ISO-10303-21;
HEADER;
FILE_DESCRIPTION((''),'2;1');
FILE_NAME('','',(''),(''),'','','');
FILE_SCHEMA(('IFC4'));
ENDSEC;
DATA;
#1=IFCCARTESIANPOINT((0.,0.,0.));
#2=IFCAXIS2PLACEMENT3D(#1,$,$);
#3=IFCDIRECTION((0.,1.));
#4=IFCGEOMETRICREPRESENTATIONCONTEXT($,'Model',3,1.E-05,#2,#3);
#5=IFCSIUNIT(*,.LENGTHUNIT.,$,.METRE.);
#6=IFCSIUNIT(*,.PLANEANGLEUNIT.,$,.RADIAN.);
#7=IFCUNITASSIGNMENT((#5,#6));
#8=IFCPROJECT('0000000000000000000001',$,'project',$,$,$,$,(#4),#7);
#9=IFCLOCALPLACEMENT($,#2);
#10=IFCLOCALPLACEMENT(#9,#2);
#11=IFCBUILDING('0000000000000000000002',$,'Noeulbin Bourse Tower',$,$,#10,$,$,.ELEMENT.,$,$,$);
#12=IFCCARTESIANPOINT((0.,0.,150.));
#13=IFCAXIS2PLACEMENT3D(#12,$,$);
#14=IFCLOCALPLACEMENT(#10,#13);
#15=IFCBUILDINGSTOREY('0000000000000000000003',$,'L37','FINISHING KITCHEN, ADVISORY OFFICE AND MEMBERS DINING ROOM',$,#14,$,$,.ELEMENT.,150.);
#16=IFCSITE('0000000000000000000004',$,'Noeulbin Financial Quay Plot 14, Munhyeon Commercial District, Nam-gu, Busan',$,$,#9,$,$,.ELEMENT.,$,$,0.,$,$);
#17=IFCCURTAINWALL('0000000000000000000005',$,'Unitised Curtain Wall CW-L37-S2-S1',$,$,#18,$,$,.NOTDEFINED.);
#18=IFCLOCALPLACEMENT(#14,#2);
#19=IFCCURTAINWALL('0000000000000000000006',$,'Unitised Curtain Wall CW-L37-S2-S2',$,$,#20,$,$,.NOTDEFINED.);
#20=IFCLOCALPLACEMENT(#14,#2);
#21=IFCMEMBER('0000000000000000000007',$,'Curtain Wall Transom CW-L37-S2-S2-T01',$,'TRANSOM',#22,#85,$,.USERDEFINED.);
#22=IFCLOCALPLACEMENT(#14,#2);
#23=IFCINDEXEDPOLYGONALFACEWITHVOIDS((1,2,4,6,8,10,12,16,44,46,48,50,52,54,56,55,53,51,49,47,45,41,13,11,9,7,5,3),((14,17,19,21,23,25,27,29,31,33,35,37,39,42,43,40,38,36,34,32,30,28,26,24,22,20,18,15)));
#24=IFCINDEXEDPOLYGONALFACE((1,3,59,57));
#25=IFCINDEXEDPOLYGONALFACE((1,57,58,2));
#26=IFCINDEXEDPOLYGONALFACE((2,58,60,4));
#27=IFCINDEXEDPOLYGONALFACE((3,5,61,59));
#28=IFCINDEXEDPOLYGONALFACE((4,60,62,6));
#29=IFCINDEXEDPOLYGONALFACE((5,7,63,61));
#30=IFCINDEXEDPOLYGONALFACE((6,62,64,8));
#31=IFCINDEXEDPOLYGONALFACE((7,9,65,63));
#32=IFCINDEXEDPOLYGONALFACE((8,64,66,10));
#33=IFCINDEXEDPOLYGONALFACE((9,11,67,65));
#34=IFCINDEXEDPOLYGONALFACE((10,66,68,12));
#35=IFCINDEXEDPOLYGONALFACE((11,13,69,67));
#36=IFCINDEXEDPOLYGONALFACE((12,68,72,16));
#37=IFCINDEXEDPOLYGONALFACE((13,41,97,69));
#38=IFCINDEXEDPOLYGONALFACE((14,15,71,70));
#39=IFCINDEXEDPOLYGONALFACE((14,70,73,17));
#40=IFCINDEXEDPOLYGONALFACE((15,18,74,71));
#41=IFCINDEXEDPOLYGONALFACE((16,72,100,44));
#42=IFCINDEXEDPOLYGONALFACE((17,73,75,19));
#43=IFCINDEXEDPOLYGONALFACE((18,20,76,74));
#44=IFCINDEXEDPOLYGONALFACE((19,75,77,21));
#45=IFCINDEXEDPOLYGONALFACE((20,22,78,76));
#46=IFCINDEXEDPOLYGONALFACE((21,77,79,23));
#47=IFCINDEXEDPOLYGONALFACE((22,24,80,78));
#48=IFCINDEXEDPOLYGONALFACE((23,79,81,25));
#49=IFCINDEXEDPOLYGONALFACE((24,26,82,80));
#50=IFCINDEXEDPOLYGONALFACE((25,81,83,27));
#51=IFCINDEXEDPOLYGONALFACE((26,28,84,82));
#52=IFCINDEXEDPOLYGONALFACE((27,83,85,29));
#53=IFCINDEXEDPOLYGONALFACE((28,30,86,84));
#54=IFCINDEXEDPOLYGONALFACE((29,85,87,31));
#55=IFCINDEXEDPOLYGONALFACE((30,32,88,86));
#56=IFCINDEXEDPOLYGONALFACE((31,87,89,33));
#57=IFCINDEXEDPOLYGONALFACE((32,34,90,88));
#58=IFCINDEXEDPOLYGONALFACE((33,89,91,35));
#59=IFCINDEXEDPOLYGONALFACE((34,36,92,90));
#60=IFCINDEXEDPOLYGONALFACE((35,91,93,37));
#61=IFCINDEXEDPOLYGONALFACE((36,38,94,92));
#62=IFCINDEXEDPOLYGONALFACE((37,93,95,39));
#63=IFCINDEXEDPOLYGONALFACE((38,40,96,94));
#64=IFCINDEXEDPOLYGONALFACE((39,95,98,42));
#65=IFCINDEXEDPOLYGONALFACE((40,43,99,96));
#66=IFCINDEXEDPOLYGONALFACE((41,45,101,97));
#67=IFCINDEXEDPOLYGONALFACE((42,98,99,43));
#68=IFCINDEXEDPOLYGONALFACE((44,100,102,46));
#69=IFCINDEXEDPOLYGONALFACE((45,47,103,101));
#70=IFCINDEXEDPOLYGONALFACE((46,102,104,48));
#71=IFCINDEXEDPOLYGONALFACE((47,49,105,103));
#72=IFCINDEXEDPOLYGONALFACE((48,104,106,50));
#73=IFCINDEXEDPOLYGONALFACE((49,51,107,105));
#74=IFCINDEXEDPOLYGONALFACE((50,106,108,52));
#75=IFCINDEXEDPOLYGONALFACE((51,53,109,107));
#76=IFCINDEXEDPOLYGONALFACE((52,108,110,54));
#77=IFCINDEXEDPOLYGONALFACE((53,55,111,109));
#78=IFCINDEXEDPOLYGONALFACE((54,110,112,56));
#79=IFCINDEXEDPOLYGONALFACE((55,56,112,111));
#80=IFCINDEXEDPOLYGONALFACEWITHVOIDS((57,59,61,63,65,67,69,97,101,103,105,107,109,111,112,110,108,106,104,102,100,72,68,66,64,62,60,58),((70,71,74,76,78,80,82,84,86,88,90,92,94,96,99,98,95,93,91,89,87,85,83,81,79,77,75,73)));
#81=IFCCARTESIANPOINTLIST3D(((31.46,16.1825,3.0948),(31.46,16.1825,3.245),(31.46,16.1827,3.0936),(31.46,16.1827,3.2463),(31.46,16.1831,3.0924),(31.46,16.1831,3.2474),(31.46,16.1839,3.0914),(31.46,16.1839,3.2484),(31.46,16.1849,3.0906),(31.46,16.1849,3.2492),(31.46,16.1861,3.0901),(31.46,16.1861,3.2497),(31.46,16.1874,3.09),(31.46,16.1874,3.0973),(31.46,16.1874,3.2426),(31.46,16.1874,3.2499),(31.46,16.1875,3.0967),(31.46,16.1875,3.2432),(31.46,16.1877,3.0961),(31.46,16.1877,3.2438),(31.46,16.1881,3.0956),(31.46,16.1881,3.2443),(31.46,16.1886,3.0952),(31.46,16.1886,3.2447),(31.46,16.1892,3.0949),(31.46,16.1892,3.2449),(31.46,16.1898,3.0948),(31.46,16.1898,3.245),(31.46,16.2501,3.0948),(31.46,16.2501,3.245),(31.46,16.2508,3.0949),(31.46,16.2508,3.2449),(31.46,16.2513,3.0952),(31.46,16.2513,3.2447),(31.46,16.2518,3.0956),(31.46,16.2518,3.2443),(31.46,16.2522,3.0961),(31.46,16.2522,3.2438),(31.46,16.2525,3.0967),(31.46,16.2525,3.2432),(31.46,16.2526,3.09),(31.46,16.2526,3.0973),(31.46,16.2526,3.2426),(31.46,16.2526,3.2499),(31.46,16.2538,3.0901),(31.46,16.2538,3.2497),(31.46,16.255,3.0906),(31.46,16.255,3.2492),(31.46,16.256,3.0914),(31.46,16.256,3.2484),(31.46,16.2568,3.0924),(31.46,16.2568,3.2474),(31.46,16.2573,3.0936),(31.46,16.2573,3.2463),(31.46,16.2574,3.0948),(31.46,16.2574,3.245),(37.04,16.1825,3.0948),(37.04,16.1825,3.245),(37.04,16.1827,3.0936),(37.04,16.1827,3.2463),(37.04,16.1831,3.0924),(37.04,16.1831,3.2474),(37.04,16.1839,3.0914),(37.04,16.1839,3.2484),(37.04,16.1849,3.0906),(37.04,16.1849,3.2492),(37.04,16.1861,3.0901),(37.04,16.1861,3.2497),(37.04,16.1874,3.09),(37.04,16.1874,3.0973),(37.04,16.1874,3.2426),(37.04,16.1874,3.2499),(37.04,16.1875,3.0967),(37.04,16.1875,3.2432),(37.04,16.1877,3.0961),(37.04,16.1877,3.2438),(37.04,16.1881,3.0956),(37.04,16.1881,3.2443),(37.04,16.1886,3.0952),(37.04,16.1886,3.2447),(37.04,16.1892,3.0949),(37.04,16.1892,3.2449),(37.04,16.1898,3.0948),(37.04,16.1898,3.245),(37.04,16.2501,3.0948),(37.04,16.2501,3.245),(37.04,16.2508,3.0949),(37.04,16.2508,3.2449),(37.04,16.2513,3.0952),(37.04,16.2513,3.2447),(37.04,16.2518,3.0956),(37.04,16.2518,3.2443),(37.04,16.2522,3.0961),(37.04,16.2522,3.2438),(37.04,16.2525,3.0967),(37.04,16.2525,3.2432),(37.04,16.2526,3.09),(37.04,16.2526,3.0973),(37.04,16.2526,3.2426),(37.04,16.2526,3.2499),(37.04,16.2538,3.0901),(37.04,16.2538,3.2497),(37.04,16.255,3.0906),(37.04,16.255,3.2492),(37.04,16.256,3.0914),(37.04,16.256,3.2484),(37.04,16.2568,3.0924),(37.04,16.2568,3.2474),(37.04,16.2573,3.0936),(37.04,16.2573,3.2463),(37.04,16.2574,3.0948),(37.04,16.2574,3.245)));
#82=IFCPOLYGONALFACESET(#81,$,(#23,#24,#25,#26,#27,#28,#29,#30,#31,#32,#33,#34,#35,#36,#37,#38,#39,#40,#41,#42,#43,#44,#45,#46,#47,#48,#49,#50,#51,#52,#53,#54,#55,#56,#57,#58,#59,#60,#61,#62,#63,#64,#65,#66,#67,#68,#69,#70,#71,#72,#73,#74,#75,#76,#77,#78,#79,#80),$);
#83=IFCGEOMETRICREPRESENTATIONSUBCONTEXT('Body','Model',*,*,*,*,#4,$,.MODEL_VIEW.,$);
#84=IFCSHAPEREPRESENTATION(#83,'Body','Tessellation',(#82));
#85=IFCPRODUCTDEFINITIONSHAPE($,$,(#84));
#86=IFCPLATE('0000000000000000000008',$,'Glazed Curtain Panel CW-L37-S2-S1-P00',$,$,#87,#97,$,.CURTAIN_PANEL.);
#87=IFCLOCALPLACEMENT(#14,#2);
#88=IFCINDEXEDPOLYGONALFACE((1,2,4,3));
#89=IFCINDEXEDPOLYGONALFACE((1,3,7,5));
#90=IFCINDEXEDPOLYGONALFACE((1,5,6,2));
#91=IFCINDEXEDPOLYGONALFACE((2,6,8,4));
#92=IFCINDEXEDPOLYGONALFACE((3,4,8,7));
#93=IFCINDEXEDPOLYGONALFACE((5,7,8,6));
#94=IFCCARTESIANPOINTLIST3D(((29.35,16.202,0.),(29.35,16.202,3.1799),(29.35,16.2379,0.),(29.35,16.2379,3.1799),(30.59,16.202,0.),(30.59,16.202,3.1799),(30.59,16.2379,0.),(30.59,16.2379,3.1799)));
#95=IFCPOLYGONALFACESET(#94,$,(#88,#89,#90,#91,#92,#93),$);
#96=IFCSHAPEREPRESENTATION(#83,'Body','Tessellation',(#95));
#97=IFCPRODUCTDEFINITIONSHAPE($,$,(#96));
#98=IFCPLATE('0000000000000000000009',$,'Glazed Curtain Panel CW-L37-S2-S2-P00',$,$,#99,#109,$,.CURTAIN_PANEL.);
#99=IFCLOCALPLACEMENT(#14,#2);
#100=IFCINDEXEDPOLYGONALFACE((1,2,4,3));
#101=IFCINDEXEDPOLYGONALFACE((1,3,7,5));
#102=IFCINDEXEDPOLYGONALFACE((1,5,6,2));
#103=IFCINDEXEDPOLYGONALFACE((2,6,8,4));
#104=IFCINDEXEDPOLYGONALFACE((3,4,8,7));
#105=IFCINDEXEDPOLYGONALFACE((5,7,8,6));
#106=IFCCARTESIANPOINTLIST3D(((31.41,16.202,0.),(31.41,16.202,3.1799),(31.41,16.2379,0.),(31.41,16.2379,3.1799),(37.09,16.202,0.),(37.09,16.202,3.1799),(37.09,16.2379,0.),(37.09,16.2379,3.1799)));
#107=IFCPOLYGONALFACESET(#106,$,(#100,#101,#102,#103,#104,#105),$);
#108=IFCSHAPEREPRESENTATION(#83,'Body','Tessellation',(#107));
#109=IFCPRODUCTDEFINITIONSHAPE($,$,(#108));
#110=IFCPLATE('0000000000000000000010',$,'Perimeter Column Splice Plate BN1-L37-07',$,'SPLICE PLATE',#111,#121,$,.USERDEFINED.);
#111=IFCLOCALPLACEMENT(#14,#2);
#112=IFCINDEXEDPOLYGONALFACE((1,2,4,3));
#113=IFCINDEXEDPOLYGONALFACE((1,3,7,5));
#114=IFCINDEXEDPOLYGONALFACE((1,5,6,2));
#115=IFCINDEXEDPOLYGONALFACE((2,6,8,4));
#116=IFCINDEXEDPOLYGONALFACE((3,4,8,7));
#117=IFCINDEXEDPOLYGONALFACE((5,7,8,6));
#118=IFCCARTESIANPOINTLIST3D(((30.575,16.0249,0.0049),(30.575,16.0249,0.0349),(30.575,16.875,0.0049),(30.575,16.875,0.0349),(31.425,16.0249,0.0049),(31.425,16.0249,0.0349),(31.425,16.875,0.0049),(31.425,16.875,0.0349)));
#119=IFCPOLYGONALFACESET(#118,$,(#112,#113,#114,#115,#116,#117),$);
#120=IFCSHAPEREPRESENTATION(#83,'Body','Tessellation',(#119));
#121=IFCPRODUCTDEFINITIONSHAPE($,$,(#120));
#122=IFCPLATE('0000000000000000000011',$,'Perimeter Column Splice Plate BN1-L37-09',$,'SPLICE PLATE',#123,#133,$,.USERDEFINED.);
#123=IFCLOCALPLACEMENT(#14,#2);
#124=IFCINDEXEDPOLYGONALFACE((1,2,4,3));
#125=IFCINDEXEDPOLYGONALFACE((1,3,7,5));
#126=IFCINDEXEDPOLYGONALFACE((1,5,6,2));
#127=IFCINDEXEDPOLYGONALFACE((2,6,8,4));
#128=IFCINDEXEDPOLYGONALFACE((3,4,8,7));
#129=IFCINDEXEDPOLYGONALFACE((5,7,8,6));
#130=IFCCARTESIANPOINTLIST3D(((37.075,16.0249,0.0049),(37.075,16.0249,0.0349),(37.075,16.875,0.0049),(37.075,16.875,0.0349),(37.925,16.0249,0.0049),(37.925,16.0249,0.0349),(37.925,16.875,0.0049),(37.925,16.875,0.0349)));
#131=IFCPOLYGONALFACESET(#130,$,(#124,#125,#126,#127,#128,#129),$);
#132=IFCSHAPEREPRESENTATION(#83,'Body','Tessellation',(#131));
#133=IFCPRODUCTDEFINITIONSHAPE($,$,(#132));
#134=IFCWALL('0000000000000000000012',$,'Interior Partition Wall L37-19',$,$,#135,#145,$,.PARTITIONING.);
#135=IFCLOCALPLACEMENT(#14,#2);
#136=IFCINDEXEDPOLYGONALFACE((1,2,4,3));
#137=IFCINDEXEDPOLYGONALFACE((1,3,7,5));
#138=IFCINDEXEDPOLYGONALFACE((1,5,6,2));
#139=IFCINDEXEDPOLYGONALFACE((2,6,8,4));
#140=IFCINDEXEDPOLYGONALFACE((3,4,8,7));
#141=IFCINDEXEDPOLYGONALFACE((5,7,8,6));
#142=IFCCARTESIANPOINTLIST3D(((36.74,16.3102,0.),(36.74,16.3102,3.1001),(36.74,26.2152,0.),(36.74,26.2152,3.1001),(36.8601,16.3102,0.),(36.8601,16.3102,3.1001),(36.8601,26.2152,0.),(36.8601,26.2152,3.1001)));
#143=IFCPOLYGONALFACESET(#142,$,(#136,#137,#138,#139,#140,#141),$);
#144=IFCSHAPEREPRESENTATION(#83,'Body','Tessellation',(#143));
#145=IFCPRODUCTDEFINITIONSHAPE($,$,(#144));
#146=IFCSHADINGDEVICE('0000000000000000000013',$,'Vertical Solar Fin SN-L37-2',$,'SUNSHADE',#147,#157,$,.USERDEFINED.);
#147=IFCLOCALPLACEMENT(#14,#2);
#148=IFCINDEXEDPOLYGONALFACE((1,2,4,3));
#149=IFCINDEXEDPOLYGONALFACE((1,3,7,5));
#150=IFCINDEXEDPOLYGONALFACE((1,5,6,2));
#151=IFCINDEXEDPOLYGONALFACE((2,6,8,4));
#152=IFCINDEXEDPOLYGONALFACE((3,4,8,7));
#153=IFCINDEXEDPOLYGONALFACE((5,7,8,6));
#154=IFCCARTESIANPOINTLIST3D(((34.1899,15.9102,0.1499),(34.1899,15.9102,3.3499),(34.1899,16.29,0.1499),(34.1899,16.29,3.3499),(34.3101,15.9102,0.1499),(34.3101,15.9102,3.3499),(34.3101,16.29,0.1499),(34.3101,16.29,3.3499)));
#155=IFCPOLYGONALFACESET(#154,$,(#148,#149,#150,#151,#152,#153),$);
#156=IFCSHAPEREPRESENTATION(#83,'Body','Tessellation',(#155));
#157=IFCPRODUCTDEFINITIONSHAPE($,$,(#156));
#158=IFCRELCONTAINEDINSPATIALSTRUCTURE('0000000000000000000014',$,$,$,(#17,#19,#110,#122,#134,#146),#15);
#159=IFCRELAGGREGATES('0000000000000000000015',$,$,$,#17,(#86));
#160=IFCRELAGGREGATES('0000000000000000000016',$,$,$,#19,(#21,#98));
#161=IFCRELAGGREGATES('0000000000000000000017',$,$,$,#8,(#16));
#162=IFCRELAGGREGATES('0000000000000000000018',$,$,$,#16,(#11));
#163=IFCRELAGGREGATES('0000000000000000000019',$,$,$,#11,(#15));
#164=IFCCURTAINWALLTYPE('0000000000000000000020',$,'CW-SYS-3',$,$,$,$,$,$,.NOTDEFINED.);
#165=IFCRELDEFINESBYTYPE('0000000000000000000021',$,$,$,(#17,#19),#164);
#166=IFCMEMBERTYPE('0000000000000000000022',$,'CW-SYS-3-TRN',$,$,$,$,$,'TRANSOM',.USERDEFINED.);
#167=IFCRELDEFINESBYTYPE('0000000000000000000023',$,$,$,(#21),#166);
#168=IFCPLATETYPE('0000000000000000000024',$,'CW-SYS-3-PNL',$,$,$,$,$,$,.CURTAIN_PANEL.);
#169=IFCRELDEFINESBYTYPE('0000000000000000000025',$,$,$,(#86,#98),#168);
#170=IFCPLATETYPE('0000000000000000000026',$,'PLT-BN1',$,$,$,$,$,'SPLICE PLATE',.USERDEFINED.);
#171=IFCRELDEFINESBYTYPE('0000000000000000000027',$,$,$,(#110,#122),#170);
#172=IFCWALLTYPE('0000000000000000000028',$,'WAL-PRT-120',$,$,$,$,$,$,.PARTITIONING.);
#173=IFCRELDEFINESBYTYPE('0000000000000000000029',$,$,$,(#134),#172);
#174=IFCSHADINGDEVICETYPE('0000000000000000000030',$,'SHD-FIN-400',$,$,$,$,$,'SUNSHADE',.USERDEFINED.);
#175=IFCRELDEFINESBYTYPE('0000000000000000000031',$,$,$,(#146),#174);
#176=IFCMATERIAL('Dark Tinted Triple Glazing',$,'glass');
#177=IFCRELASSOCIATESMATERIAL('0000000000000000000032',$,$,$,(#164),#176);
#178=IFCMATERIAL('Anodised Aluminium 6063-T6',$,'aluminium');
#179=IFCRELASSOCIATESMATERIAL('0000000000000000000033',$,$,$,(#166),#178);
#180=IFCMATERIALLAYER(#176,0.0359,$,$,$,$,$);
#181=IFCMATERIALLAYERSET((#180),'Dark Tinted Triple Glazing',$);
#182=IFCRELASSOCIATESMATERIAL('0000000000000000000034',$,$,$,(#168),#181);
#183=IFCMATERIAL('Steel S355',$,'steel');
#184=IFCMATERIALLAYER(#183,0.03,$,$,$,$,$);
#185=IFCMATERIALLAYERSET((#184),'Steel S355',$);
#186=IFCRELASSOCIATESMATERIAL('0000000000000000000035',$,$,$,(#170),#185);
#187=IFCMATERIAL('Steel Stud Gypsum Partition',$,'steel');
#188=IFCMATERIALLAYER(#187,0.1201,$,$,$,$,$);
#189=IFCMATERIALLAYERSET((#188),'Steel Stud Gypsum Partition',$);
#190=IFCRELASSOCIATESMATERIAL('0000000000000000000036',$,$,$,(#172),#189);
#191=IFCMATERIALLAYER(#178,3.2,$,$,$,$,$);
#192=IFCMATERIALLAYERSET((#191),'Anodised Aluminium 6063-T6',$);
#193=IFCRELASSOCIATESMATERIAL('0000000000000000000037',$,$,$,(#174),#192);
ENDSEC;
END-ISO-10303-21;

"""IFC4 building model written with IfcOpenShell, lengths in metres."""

from ifc_helpers import new_model, si_unit, direction, frame, frame_2d, origin, origin_2d, place, context, subcontext, project, spatial, rectangle, hollow_rectangle, extrude, material, layer, layer_set, material_profile, profile_set, type_object, element, aggregate, save


model = new_model("IFC4")

# Units and contexts
model_context = context("Model", 3, precision=1e-05, world=origin(), true_north=direction((0.0, 1.0)))
body_context = subcontext(model_context, "Body", "Model", "MODEL_VIEW")
ifc_project = project(units=[si_unit("LENGTHUNIT", "METRE"), si_unit("PLANEANGLEUNIT", "RADIAN")], contexts=[model_context])

# Site, building, storey
site_placement = place(None, origin())
site = spatial("IfcSite", under=ifc_project, at=site_placement, Name="Noeulbin Financial Quay Plot 14, Munhyeon Commercial District, Nam-gu, Busan", CompositionType="ELEMENT", RefElevation=0.0)
building_placement = place(site_placement, origin())
building = spatial("IfcBuilding", under=site, at=building_placement, Name="Noeulbin Bourse Tower", CompositionType="ELEMENT")
storey_placement = place(building_placement, frame((0.0, 0.0, 150.0)))
storey = spatial("IfcBuildingStorey", under=building, at=storey_placement, Name="L37", Description="FINISHING KITCHEN, ADVISORY OFFICE AND MEMBERS DINING ROOM", CompositionType="ELEMENT", Elevation=150.0)

# Shared definitions
ifc_material_1 = material(Name="Steel S355", Category="steel")

# Curtain walls
ifc_material_2 = material(Name="Dark Tinted Triple Glazing", Category="glass")
curtain_wall_type = type_object("IfcCurtainWallType", Name="CW-SYS-3", PredefinedType="NOTDEFINED", material=ifc_material_2)
curtain_wall_1_placement = place(storey_placement, origin())
curtain_wall_1 = element("IfcCurtainWall", 1, at=curtain_wall_1_placement, inside=storey, type_object=curtain_wall_type, Name="Unitised Curtain Wall CW-L37-S2-S1", PredefinedType="NOTDEFINED")
ifc_material_3 = material(Name="Anodised Aluminium 6063-T6", Category="aluminium")
curtain_wall_2_placement = place(storey_placement, origin())
curtain_wall_2 = element("IfcCurtainWall", 2, at=curtain_wall_2_placement, inside=storey, type_object=curtain_wall_type, Name="Unitised Curtain Wall CW-L37-S2-S2", PredefinedType="NOTDEFINED")

# Member
ifc_material_profile_1 = material_profile(ifc_material_3, hollow_rectangle(XDim=0.075, YDim=0.1599, WallThickness=0.0049, InnerFilletRadius=0.0024, OuterFilletRadius=0.0049, at=origin_2d()), Name="ALU-TRAN-75x160x5", Category="LoadBearing")
ifc_profile_set_1 = profile_set([ifc_material_profile_1], Name="Anodised Aluminium 6063-T6")
member_type_1 = type_object("IfcMemberType", Name="CW-SYS-3-TRN", ElementType="TRANSOM", PredefinedType="USERDEFINED", material=ifc_profile_set_1)
member_1_placement = place(storey_placement, frame((31.46, 16.22, 3.1699), z_axis=(1.0, 0.0, 0.0), x_axis=(0.0, 1.0, 0.0)))
member_1 = element("IfcMember", 3, at=member_1_placement, type_object=member_type_1, Name="Curtain Wall Transom CW-L37-S2-S2-T01", ObjectType="TRANSOM", PredefinedType="USERDEFINED", context=body_context, shape_type="SweptSolid", body=[
    extrude(hollow_rectangle(XDim=0.075, YDim=0.1599, WallThickness=0.0049, InnerFilletRadius=0.0024, OuterFilletRadius=0.0049, at=origin_2d()), origin(), (0.0, 0.0, 1.0), 5.5801),
])

# Plates
ifc_layer_1 = layer(ifc_material_2, 0.0359)
ifc_layer_set_1 = layer_set([ifc_layer_1], Name="Dark Tinted Triple Glazing")
plate_type_1 = type_object("IfcPlateType", Name="CW-SYS-3-PNL", PredefinedType="CURTAIN_PANEL", material=ifc_layer_set_1)
plate_1_placement = place(storey_placement, frame((29.97, 16.22, 0.0), z_axis=(0.0, 0.0, 1.0), x_axis=(1.0, 0.0, 0.0)))
plate_1 = element("IfcPlate", 4, at=plate_1_placement, type_object=plate_type_1, Name="Glazed Curtain Panel CW-L37-S2-S1-P00", PredefinedType="CURTAIN_PANEL", context=body_context, shape_type="SweptSolid", body=[
    extrude(rectangle(XDim=1.24, YDim=0.0359, at=origin_2d()), origin(), (0.0, 0.0, 1.0), 3.1799),
])
aggregate(curtain_wall_1, [plate_1])
plate_2_placement = place(storey_placement, frame((34.25, 16.22, 0.0), z_axis=(0.0, 0.0, 1.0), x_axis=(1.0, 0.0, 0.0)))
plate_2 = element("IfcPlate", 5, at=plate_2_placement, type_object=plate_type_1, Name="Glazed Curtain Panel CW-L37-S2-S2-P00", PredefinedType="CURTAIN_PANEL", context=body_context, shape_type="SweptSolid", body=[
    extrude(rectangle(XDim=5.6799, YDim=0.0359, at=origin_2d()), origin(), (0.0, 0.0, 1.0), 3.1799),
])
aggregate(curtain_wall_2, [member_1, plate_2])

# Plates
ifc_layer_2 = layer(ifc_material_1, 0.03)
ifc_layer_set_2 = layer_set([ifc_layer_2], Name="Steel S355")
plate_type_2 = type_object("IfcPlateType", Name="PLT-BN1", ElementType="SPLICE PLATE", PredefinedType="USERDEFINED", material=ifc_layer_set_2)
for number, where, z_axis, x_axis, name in (
    (6, (31.0, 16.45, 0.0049), (0.0, 0.0, 1.0), (1.0, 0.0, 0.0), "Perimeter Column Splice Plate BN1-L37-07"),
    (7, (37.5, 16.45, 0.0049), (0.0, 0.0, 1.0), (1.0, 0.0, 0.0), "Perimeter Column Splice Plate BN1-L37-09"),
):
    element("IfcPlate", number, at=place(storey_placement, frame(where, z_axis=z_axis, x_axis=x_axis)), inside=storey, type_object=plate_type_2, Name=name, ObjectType="SPLICE PLATE", PredefinedType="USERDEFINED", context=body_context, shape_type="SweptSolid", body=[
        extrude(rectangle(XDim=0.8501, YDim=0.8501, at=origin_2d()), origin(), (0.0, 0.0, 1.0), 0.03),
    ])

# Wall
ifc_material_4 = material(Name="Steel Stud Gypsum Partition", Category="steel")
ifc_layer_3 = layer(ifc_material_4, 0.1201)
ifc_layer_set_3 = layer_set([ifc_layer_3], Name="Steel Stud Gypsum Partition")
wall_type = type_object("IfcWallType", Name="WAL-PRT-120", PredefinedType="PARTITIONING", material=ifc_layer_set_3)
wall_placement = place(storey_placement, frame((36.8, 16.3101, 0.0), z_axis=(0.0, 0.0, 1.0), x_axis=(0.0, 1.0, 0.0)))
element("IfcWall", 8, at=wall_placement, inside=storey, type_object=wall_type, Name="Interior Partition Wall L37-19", PredefinedType="PARTITIONING", context=body_context, shape_type="SweptSolid", body=[
    extrude(rectangle(XDim=9.905, YDim=0.1201, at=frame_2d((4.9526, 0.0))), origin(), (0.0, 0.0, 1.0), 3.1001),
])

# Shading device
ifc_layer_4 = layer(ifc_material_3, 3.2)
ifc_layer_set_4 = layer_set([ifc_layer_4], Name="Anodised Aluminium 6063-T6")
shading_device_type = type_object("IfcShadingDeviceType", Name="SHD-FIN-400", ElementType="SUNSHADE", PredefinedType="USERDEFINED", material=ifc_layer_set_4)
shading_device_placement = place(storey_placement, frame((34.25, 16.1001, 0.1499), z_axis=(0.0, 0.0, 1.0), x_axis=(1.0, 0.0, 0.0)))
element("IfcShadingDevice", 9, at=shading_device_placement, inside=storey, type_object=shading_device_type, Name="Vertical Solar Fin SN-L37-2", ObjectType="SUNSHADE", PredefinedType="USERDEFINED", context=body_context, shape_type="SweptSolid", body=[
    extrude(rectangle(XDim=0.1201, YDim=0.3799, at=origin_2d()), origin(), (0.0, 0.0, 1.0), 3.2),
])

save(model, "model.ifc")
